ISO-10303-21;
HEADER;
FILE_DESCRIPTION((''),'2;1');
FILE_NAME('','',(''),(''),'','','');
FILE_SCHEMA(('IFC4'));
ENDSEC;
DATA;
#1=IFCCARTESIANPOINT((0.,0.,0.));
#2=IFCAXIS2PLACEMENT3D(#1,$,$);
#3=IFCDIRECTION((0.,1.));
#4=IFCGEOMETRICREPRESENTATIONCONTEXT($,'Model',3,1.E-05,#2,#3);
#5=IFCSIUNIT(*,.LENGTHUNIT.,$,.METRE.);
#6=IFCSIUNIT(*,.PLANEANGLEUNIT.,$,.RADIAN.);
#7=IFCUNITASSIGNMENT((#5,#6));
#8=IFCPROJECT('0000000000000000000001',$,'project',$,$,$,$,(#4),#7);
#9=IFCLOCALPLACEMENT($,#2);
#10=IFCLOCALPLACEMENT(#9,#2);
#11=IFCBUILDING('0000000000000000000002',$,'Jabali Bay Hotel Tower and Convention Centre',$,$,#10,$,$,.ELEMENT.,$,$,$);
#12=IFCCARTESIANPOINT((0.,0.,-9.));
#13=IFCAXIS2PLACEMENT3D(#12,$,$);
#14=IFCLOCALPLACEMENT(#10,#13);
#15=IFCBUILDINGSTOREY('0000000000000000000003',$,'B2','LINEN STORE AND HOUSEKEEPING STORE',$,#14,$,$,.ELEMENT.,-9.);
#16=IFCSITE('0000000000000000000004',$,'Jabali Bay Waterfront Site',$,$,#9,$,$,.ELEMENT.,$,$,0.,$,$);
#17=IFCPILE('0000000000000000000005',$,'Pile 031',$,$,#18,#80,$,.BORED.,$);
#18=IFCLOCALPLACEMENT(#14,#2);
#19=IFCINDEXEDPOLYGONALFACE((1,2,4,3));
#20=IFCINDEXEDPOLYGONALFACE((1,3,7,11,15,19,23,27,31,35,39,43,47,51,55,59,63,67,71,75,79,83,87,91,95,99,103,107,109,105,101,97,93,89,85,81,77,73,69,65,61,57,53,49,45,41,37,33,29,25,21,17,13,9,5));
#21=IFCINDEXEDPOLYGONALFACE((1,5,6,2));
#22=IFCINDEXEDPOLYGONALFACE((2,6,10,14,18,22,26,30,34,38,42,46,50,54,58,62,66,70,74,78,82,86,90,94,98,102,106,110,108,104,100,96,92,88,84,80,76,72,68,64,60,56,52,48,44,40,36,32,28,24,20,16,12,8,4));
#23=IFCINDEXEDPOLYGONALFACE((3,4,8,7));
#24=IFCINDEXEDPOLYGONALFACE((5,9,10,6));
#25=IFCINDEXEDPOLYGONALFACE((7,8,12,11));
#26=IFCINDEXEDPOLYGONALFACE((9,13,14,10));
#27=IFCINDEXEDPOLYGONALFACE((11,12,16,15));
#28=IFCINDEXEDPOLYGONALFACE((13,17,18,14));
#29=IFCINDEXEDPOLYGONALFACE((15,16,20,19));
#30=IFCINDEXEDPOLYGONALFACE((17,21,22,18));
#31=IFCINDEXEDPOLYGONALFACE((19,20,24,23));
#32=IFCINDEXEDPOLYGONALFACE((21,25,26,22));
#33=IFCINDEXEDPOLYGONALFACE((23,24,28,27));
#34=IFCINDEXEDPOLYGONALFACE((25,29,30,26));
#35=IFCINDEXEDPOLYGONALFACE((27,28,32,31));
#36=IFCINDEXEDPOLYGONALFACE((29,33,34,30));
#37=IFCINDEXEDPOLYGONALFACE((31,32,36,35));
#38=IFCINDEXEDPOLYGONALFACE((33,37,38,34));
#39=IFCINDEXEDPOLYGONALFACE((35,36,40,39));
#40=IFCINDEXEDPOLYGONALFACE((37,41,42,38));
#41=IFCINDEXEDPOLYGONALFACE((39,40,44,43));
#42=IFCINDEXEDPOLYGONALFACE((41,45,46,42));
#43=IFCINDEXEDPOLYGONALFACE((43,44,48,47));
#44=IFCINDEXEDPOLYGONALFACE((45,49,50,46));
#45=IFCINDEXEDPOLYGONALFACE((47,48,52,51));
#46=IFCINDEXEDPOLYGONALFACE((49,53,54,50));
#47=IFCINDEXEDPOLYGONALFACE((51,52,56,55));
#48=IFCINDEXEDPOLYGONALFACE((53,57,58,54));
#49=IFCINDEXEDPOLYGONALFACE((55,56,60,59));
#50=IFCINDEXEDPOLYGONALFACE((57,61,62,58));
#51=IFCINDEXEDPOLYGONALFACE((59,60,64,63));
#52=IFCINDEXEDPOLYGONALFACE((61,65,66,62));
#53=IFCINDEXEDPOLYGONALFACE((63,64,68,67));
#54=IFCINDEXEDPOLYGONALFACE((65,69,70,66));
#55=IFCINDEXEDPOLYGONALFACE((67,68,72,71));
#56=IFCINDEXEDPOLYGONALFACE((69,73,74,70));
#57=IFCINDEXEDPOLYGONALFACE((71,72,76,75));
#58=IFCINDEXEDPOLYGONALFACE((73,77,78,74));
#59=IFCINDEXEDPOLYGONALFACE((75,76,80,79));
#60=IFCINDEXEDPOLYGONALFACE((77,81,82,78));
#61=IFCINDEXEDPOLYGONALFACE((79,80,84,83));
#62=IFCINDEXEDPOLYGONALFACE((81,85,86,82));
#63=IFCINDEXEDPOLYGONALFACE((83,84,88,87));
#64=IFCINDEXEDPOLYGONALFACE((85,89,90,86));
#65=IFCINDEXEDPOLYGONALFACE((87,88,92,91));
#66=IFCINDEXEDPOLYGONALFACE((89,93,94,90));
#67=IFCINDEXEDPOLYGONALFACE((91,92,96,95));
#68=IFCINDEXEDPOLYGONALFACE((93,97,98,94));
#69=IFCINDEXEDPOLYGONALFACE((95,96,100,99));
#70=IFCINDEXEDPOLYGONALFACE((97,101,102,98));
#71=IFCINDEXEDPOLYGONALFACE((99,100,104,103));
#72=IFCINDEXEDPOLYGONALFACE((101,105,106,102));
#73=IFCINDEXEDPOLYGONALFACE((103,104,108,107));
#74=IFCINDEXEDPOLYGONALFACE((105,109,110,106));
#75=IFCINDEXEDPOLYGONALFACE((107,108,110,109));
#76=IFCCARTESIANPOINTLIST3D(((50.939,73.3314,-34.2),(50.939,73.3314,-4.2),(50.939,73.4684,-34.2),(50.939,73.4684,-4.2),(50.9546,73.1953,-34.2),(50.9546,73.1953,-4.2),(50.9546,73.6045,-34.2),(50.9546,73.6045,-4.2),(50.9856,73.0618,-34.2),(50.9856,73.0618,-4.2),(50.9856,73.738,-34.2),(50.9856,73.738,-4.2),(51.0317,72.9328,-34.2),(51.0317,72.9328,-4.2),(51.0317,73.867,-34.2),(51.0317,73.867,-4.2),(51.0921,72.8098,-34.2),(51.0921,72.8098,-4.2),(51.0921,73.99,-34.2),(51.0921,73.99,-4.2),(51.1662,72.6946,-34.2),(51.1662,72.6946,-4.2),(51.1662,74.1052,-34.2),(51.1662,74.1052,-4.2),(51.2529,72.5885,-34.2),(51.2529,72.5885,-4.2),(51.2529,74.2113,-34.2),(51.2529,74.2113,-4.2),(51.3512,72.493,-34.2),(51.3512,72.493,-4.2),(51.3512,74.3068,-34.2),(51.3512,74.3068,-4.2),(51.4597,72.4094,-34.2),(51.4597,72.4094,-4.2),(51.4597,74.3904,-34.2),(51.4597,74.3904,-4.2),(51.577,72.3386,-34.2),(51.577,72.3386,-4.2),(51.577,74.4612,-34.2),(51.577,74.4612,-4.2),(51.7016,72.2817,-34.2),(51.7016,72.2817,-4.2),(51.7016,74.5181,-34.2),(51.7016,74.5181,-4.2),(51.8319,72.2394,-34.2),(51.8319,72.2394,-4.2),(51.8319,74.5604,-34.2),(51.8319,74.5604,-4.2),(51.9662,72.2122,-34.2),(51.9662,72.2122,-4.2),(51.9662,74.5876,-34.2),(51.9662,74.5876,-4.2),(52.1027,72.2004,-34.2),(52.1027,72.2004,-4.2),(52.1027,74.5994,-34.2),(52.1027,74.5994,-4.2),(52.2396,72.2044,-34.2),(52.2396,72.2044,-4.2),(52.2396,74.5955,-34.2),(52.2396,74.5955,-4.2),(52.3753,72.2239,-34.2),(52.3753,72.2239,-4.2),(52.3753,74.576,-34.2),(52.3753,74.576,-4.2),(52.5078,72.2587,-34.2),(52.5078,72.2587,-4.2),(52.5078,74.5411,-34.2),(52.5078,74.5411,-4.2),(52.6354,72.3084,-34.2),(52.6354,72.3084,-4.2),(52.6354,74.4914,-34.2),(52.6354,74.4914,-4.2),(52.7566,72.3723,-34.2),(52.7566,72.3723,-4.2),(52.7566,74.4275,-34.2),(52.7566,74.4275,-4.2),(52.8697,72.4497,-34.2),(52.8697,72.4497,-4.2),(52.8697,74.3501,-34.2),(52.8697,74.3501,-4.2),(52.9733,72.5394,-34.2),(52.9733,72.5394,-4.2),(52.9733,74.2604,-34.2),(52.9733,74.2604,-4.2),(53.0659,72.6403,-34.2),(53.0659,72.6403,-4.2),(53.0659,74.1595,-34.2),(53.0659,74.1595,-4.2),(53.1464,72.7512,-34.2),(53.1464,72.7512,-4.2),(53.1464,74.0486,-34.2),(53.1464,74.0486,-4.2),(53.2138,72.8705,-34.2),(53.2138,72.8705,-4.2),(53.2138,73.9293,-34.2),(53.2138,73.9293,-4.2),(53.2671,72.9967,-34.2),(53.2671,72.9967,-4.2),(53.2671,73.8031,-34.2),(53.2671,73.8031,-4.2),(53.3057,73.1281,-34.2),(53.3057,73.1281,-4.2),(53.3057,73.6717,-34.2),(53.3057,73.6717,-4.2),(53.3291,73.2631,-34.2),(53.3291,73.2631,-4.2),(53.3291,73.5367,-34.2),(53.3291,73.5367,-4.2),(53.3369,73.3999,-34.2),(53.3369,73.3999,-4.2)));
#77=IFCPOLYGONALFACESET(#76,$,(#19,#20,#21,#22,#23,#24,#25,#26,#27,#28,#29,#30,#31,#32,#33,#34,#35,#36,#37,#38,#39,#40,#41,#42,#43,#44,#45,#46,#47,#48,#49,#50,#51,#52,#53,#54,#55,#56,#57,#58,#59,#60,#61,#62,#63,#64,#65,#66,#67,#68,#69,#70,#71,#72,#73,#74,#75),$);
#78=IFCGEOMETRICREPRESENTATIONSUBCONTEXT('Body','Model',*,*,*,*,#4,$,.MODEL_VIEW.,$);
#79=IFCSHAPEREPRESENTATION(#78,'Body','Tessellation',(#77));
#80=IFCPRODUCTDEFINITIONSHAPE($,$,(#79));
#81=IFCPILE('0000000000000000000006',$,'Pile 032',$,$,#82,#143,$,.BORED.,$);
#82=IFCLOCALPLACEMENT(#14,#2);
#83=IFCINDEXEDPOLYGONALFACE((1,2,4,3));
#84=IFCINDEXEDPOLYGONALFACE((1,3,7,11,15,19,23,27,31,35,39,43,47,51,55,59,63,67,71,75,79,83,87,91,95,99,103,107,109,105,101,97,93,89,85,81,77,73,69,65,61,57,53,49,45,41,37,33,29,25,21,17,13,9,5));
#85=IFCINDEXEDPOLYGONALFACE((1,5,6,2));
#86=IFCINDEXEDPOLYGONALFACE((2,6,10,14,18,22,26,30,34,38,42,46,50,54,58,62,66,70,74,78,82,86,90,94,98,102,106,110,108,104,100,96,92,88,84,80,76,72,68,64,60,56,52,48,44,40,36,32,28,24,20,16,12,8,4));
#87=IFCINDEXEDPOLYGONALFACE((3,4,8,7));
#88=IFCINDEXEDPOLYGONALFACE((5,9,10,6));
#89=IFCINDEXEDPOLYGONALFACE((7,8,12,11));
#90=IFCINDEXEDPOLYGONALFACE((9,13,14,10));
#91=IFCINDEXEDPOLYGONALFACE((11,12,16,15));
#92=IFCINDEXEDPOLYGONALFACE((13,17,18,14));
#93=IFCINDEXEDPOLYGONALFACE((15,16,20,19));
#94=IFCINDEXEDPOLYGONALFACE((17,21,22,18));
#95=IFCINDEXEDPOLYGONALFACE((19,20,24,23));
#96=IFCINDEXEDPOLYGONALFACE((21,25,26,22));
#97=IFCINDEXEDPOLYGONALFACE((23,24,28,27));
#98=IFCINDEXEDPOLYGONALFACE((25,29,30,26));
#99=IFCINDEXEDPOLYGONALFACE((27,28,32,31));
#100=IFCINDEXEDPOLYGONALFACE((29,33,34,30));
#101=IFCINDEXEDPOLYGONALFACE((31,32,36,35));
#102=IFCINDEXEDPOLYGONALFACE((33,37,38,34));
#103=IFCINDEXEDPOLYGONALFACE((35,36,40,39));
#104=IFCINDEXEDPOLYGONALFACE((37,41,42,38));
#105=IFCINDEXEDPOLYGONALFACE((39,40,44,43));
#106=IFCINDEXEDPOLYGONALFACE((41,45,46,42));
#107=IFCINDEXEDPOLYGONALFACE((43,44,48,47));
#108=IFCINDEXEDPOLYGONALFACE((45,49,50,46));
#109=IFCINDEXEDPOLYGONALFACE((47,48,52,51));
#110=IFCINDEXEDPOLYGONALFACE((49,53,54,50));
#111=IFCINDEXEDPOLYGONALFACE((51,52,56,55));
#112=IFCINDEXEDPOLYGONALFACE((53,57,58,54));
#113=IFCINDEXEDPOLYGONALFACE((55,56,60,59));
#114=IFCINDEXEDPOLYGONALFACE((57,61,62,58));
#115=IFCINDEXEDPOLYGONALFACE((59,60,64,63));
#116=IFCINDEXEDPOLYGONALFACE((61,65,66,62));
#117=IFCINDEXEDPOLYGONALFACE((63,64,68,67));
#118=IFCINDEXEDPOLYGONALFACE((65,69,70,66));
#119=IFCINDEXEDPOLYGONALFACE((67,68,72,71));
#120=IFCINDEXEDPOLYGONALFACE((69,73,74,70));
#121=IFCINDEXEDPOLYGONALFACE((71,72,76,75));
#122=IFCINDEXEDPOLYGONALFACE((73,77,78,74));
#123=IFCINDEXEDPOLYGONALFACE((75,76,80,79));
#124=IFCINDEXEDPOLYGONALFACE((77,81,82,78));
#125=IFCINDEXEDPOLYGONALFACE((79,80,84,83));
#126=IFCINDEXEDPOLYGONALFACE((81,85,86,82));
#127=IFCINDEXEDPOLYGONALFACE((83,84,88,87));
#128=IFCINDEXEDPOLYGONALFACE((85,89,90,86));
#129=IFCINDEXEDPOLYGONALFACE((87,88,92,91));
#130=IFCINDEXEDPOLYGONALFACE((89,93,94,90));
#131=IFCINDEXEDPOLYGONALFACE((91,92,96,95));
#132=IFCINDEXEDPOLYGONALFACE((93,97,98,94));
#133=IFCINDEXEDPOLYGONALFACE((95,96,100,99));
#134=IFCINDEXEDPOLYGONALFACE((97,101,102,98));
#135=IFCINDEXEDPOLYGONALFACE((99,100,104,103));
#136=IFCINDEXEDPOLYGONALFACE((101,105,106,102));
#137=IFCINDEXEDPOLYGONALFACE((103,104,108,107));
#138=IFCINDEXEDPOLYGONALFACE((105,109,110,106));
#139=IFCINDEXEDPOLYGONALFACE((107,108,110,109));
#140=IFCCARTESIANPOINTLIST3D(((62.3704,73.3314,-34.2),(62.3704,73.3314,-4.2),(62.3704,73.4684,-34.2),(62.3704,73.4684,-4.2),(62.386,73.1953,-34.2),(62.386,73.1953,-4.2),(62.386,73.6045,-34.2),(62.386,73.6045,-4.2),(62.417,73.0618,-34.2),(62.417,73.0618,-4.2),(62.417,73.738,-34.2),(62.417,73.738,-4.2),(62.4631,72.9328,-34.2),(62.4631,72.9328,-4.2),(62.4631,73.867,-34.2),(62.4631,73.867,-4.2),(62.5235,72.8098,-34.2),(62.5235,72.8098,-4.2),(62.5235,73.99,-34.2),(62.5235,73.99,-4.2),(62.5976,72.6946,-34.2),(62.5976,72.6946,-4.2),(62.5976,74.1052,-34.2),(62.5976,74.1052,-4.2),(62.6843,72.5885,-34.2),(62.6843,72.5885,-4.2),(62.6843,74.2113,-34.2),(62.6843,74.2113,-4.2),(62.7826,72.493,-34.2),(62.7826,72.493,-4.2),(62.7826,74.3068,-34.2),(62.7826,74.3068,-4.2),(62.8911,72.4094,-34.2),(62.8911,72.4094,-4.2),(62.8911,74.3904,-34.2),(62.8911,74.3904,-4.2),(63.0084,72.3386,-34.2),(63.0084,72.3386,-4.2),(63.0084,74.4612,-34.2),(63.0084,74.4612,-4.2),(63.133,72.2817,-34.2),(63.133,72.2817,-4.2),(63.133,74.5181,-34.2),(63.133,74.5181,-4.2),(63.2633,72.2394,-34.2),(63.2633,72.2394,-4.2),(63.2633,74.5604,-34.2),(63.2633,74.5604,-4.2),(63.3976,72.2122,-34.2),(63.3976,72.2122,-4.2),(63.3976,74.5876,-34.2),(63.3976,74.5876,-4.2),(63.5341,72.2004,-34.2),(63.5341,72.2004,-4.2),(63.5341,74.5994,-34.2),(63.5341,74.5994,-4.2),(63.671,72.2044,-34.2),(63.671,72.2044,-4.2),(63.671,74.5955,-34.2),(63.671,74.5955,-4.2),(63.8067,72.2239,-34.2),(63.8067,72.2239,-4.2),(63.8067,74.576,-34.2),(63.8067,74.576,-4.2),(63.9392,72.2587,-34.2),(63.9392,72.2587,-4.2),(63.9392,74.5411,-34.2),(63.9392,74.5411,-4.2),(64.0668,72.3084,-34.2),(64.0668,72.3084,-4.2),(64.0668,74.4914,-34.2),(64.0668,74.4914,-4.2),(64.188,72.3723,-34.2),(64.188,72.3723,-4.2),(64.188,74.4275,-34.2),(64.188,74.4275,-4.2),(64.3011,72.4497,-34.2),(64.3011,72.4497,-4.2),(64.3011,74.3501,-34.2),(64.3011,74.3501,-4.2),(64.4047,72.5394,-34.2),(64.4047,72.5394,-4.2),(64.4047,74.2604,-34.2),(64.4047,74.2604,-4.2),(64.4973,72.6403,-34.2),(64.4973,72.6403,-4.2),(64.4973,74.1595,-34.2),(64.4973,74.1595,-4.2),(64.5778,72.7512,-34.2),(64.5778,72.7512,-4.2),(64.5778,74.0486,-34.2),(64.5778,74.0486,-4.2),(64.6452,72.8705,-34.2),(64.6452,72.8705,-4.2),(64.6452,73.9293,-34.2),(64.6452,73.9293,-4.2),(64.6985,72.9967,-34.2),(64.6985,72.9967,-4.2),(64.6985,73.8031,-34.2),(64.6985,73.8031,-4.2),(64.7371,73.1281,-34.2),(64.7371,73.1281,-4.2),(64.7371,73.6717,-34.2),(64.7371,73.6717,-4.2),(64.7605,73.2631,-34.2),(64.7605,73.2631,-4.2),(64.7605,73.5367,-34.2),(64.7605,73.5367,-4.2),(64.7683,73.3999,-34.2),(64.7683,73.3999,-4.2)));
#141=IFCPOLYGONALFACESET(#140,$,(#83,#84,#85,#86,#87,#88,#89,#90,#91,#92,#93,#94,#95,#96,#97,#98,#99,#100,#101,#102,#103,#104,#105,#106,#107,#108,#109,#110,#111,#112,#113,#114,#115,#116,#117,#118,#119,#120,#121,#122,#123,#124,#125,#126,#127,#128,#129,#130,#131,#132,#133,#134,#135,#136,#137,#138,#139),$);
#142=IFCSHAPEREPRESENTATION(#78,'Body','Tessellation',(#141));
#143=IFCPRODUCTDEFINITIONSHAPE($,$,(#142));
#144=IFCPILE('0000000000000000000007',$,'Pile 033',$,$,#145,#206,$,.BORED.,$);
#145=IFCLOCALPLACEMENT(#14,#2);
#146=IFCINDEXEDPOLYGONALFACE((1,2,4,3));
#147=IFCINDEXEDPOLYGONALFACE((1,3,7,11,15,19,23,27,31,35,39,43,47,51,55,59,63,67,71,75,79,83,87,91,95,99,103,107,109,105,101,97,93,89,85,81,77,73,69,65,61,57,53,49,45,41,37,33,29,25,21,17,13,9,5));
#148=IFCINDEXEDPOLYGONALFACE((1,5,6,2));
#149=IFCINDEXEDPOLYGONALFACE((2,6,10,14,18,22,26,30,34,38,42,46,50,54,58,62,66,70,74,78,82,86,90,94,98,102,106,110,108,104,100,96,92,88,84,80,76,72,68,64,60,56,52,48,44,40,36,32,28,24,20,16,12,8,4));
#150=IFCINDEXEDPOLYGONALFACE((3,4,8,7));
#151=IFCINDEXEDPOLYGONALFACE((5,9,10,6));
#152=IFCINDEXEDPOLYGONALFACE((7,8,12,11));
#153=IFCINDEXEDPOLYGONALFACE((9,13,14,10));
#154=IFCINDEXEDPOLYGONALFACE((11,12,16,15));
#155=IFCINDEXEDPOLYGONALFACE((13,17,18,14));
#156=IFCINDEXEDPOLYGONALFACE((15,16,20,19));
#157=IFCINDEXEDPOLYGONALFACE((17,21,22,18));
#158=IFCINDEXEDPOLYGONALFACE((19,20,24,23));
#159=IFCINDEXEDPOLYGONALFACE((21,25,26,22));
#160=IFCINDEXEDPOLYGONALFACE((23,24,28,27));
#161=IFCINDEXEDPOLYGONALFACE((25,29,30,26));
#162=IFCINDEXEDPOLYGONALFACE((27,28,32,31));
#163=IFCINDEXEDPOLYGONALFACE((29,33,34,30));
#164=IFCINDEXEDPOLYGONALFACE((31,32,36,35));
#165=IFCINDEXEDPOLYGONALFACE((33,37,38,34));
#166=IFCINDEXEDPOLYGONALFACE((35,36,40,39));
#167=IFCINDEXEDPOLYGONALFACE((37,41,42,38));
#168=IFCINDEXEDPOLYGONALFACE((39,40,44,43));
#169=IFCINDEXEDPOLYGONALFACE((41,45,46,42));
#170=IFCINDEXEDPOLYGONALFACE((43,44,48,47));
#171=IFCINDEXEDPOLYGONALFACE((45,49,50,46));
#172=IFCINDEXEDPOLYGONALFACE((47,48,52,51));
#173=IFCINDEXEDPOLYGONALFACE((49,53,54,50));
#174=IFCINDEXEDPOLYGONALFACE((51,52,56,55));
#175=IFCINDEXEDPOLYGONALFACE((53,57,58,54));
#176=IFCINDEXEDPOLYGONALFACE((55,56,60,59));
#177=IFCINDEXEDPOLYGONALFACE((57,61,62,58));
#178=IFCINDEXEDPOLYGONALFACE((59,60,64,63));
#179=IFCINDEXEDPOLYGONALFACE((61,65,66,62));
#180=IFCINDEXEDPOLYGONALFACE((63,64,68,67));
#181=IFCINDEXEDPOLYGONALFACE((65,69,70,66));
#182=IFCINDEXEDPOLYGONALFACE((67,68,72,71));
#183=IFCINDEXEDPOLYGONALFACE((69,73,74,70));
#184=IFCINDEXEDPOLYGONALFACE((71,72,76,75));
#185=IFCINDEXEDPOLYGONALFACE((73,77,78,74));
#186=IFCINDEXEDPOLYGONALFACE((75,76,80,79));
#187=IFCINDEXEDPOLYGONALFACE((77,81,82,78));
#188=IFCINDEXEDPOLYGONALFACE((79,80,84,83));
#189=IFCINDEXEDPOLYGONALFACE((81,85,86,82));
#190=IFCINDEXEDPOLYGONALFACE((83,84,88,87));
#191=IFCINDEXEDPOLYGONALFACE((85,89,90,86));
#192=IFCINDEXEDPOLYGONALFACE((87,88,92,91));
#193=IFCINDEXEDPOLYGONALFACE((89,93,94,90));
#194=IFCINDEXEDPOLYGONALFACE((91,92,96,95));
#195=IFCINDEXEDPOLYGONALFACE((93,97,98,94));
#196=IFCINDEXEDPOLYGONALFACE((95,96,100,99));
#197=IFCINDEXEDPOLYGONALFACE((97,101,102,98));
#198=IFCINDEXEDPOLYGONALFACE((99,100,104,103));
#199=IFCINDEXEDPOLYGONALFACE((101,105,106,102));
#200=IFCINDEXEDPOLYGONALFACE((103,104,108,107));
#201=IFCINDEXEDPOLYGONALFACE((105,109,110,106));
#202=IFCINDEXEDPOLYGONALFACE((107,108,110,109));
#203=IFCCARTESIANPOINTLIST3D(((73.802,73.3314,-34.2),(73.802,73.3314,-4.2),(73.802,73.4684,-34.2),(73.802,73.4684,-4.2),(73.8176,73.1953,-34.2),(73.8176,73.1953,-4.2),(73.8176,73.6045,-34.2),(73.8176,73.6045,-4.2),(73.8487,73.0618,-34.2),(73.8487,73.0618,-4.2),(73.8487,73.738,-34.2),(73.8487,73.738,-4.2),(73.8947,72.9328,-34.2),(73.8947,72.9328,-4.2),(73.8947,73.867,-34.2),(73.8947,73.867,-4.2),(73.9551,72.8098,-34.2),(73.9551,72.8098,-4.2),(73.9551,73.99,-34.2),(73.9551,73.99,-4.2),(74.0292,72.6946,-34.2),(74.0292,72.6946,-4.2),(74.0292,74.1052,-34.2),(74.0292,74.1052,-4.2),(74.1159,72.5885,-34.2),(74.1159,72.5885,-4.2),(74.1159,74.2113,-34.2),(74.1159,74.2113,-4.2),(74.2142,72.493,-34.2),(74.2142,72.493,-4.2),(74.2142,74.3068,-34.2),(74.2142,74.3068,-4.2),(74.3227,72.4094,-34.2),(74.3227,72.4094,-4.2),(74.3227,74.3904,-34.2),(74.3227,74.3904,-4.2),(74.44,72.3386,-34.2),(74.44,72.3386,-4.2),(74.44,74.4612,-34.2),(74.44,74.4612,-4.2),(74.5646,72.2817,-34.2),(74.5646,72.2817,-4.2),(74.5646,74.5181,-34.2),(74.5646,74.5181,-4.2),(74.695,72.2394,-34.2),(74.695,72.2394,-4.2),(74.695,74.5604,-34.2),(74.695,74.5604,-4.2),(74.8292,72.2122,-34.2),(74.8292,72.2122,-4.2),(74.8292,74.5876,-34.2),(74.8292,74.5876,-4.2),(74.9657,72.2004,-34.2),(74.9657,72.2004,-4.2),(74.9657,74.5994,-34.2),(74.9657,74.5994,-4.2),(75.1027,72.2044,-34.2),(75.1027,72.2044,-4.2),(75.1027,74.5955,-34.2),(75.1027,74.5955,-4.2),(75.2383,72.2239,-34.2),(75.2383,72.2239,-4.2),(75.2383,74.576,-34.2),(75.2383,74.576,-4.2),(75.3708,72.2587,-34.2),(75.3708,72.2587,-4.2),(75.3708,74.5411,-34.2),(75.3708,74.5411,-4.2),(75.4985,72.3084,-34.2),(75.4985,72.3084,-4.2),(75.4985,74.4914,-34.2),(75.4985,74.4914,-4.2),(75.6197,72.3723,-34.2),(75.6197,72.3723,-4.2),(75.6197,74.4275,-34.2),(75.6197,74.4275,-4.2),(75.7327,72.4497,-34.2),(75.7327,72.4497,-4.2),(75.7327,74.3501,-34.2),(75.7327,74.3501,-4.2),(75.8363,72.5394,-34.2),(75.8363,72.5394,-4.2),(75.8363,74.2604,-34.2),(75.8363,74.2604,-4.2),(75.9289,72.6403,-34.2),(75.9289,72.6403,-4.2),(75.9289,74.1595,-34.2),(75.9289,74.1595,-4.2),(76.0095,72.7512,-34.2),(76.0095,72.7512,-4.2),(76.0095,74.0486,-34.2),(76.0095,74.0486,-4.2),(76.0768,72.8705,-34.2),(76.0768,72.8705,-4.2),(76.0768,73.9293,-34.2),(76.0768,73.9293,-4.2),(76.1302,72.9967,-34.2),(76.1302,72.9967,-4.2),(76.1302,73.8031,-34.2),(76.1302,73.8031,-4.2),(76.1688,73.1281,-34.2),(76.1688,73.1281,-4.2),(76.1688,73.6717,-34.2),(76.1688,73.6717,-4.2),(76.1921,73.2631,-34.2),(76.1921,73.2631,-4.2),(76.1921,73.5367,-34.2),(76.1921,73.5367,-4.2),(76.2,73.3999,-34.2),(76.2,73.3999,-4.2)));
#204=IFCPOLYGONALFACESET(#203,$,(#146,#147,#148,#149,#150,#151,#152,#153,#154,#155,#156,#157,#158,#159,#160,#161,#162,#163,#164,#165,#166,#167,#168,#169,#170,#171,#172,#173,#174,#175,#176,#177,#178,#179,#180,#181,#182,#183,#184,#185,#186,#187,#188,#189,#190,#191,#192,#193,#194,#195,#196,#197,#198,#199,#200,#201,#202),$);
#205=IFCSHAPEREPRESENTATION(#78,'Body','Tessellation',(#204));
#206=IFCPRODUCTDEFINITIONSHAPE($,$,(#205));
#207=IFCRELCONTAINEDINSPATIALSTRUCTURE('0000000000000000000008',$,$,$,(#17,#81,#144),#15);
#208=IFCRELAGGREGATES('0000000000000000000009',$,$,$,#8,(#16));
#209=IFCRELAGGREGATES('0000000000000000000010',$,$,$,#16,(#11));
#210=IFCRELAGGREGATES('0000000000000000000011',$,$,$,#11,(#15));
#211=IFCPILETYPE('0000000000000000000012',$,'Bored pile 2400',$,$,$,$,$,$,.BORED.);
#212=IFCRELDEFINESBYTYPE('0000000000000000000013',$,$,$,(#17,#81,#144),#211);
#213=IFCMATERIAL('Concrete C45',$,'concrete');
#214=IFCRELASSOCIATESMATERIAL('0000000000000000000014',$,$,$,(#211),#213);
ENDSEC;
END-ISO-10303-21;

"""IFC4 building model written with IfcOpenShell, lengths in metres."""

from ifc_helpers import new_model, si_unit, direction, frame, origin, origin_2d, place, context, subcontext, project, spatial, circle, extrude, material, material_profile, profile_set, type_object, element, save


model = new_model("IFC4")

# Units and contexts
model_context = context("Model", 3, precision=1e-05, world=origin(), true_north=direction((0.0, 1.0)))
body_context = subcontext(model_context, "Body", "Model", "MODEL_VIEW")
ifc_project = project(units=[si_unit("LENGTHUNIT", "METRE"), si_unit("PLANEANGLEUNIT", "RADIAN")], contexts=[model_context])

# Site, building, storey
site_placement = place(None, origin())
site = spatial("IfcSite", under=ifc_project, at=site_placement, Name="Jabali Bay Waterfront Site", CompositionType="ELEMENT", RefElevation=0.0)
building_placement = place(site_placement, origin())
building = spatial("IfcBuilding", under=site, at=building_placement, Name="Jabali Bay Hotel Tower and Convention Centre", CompositionType="ELEMENT")
storey_placement = place(building_placement, frame((0.0, 0.0, -9.0)))
storey = spatial("IfcBuildingStorey", under=building, at=storey_placement, Name="B2", Description="LINEN STORE AND HOUSEKEEPING STORE", CompositionType="ELEMENT", Elevation=-9.0)

# Piles
ifc_material_1 = material(Name="Concrete C45", Category="concrete")
ifc_material_profile_1 = material_profile(ifc_material_1, circle(Radius=1.2, at=origin_2d()), Name="Bored pile 2400")
ifc_profile_set_1 = profile_set([ifc_material_profile_1], Name="Concrete C45")
pile_type = type_object("IfcPileType", Name="Bored pile 2400", PredefinedType="BORED", material=ifc_profile_set_1)
for number, where, z_axis, x_axis, name in (
    (1, (52.137, 73.3999, -4.2), (0.0, 0.0, -1.0), (1.0, 0.0, 0.0), "Pile 031"),
    (2, (63.5684, 73.3999, -4.2), (0.0, 0.0, -1.0), (1.0, 0.0, 0.0), "Pile 032"),
    (3, (75.0, 73.3999, -4.2), (0.0, 0.0, -1.0), (1.0, 0.0, 0.0), "Pile 033"),
):
    element("IfcPile", number, at=place(storey_placement, frame(where, z_axis=z_axis, x_axis=x_axis)), inside=storey, type_object=pile_type, Name=name, PredefinedType="BORED", context=body_context, shape_type="SweptSolid", body=[
        extrude(circle(Radius=1.2, at=origin_2d()), origin(), (0.0, 0.0, 1.0), 30.0),
    ])

save(model, "model.ifc")
